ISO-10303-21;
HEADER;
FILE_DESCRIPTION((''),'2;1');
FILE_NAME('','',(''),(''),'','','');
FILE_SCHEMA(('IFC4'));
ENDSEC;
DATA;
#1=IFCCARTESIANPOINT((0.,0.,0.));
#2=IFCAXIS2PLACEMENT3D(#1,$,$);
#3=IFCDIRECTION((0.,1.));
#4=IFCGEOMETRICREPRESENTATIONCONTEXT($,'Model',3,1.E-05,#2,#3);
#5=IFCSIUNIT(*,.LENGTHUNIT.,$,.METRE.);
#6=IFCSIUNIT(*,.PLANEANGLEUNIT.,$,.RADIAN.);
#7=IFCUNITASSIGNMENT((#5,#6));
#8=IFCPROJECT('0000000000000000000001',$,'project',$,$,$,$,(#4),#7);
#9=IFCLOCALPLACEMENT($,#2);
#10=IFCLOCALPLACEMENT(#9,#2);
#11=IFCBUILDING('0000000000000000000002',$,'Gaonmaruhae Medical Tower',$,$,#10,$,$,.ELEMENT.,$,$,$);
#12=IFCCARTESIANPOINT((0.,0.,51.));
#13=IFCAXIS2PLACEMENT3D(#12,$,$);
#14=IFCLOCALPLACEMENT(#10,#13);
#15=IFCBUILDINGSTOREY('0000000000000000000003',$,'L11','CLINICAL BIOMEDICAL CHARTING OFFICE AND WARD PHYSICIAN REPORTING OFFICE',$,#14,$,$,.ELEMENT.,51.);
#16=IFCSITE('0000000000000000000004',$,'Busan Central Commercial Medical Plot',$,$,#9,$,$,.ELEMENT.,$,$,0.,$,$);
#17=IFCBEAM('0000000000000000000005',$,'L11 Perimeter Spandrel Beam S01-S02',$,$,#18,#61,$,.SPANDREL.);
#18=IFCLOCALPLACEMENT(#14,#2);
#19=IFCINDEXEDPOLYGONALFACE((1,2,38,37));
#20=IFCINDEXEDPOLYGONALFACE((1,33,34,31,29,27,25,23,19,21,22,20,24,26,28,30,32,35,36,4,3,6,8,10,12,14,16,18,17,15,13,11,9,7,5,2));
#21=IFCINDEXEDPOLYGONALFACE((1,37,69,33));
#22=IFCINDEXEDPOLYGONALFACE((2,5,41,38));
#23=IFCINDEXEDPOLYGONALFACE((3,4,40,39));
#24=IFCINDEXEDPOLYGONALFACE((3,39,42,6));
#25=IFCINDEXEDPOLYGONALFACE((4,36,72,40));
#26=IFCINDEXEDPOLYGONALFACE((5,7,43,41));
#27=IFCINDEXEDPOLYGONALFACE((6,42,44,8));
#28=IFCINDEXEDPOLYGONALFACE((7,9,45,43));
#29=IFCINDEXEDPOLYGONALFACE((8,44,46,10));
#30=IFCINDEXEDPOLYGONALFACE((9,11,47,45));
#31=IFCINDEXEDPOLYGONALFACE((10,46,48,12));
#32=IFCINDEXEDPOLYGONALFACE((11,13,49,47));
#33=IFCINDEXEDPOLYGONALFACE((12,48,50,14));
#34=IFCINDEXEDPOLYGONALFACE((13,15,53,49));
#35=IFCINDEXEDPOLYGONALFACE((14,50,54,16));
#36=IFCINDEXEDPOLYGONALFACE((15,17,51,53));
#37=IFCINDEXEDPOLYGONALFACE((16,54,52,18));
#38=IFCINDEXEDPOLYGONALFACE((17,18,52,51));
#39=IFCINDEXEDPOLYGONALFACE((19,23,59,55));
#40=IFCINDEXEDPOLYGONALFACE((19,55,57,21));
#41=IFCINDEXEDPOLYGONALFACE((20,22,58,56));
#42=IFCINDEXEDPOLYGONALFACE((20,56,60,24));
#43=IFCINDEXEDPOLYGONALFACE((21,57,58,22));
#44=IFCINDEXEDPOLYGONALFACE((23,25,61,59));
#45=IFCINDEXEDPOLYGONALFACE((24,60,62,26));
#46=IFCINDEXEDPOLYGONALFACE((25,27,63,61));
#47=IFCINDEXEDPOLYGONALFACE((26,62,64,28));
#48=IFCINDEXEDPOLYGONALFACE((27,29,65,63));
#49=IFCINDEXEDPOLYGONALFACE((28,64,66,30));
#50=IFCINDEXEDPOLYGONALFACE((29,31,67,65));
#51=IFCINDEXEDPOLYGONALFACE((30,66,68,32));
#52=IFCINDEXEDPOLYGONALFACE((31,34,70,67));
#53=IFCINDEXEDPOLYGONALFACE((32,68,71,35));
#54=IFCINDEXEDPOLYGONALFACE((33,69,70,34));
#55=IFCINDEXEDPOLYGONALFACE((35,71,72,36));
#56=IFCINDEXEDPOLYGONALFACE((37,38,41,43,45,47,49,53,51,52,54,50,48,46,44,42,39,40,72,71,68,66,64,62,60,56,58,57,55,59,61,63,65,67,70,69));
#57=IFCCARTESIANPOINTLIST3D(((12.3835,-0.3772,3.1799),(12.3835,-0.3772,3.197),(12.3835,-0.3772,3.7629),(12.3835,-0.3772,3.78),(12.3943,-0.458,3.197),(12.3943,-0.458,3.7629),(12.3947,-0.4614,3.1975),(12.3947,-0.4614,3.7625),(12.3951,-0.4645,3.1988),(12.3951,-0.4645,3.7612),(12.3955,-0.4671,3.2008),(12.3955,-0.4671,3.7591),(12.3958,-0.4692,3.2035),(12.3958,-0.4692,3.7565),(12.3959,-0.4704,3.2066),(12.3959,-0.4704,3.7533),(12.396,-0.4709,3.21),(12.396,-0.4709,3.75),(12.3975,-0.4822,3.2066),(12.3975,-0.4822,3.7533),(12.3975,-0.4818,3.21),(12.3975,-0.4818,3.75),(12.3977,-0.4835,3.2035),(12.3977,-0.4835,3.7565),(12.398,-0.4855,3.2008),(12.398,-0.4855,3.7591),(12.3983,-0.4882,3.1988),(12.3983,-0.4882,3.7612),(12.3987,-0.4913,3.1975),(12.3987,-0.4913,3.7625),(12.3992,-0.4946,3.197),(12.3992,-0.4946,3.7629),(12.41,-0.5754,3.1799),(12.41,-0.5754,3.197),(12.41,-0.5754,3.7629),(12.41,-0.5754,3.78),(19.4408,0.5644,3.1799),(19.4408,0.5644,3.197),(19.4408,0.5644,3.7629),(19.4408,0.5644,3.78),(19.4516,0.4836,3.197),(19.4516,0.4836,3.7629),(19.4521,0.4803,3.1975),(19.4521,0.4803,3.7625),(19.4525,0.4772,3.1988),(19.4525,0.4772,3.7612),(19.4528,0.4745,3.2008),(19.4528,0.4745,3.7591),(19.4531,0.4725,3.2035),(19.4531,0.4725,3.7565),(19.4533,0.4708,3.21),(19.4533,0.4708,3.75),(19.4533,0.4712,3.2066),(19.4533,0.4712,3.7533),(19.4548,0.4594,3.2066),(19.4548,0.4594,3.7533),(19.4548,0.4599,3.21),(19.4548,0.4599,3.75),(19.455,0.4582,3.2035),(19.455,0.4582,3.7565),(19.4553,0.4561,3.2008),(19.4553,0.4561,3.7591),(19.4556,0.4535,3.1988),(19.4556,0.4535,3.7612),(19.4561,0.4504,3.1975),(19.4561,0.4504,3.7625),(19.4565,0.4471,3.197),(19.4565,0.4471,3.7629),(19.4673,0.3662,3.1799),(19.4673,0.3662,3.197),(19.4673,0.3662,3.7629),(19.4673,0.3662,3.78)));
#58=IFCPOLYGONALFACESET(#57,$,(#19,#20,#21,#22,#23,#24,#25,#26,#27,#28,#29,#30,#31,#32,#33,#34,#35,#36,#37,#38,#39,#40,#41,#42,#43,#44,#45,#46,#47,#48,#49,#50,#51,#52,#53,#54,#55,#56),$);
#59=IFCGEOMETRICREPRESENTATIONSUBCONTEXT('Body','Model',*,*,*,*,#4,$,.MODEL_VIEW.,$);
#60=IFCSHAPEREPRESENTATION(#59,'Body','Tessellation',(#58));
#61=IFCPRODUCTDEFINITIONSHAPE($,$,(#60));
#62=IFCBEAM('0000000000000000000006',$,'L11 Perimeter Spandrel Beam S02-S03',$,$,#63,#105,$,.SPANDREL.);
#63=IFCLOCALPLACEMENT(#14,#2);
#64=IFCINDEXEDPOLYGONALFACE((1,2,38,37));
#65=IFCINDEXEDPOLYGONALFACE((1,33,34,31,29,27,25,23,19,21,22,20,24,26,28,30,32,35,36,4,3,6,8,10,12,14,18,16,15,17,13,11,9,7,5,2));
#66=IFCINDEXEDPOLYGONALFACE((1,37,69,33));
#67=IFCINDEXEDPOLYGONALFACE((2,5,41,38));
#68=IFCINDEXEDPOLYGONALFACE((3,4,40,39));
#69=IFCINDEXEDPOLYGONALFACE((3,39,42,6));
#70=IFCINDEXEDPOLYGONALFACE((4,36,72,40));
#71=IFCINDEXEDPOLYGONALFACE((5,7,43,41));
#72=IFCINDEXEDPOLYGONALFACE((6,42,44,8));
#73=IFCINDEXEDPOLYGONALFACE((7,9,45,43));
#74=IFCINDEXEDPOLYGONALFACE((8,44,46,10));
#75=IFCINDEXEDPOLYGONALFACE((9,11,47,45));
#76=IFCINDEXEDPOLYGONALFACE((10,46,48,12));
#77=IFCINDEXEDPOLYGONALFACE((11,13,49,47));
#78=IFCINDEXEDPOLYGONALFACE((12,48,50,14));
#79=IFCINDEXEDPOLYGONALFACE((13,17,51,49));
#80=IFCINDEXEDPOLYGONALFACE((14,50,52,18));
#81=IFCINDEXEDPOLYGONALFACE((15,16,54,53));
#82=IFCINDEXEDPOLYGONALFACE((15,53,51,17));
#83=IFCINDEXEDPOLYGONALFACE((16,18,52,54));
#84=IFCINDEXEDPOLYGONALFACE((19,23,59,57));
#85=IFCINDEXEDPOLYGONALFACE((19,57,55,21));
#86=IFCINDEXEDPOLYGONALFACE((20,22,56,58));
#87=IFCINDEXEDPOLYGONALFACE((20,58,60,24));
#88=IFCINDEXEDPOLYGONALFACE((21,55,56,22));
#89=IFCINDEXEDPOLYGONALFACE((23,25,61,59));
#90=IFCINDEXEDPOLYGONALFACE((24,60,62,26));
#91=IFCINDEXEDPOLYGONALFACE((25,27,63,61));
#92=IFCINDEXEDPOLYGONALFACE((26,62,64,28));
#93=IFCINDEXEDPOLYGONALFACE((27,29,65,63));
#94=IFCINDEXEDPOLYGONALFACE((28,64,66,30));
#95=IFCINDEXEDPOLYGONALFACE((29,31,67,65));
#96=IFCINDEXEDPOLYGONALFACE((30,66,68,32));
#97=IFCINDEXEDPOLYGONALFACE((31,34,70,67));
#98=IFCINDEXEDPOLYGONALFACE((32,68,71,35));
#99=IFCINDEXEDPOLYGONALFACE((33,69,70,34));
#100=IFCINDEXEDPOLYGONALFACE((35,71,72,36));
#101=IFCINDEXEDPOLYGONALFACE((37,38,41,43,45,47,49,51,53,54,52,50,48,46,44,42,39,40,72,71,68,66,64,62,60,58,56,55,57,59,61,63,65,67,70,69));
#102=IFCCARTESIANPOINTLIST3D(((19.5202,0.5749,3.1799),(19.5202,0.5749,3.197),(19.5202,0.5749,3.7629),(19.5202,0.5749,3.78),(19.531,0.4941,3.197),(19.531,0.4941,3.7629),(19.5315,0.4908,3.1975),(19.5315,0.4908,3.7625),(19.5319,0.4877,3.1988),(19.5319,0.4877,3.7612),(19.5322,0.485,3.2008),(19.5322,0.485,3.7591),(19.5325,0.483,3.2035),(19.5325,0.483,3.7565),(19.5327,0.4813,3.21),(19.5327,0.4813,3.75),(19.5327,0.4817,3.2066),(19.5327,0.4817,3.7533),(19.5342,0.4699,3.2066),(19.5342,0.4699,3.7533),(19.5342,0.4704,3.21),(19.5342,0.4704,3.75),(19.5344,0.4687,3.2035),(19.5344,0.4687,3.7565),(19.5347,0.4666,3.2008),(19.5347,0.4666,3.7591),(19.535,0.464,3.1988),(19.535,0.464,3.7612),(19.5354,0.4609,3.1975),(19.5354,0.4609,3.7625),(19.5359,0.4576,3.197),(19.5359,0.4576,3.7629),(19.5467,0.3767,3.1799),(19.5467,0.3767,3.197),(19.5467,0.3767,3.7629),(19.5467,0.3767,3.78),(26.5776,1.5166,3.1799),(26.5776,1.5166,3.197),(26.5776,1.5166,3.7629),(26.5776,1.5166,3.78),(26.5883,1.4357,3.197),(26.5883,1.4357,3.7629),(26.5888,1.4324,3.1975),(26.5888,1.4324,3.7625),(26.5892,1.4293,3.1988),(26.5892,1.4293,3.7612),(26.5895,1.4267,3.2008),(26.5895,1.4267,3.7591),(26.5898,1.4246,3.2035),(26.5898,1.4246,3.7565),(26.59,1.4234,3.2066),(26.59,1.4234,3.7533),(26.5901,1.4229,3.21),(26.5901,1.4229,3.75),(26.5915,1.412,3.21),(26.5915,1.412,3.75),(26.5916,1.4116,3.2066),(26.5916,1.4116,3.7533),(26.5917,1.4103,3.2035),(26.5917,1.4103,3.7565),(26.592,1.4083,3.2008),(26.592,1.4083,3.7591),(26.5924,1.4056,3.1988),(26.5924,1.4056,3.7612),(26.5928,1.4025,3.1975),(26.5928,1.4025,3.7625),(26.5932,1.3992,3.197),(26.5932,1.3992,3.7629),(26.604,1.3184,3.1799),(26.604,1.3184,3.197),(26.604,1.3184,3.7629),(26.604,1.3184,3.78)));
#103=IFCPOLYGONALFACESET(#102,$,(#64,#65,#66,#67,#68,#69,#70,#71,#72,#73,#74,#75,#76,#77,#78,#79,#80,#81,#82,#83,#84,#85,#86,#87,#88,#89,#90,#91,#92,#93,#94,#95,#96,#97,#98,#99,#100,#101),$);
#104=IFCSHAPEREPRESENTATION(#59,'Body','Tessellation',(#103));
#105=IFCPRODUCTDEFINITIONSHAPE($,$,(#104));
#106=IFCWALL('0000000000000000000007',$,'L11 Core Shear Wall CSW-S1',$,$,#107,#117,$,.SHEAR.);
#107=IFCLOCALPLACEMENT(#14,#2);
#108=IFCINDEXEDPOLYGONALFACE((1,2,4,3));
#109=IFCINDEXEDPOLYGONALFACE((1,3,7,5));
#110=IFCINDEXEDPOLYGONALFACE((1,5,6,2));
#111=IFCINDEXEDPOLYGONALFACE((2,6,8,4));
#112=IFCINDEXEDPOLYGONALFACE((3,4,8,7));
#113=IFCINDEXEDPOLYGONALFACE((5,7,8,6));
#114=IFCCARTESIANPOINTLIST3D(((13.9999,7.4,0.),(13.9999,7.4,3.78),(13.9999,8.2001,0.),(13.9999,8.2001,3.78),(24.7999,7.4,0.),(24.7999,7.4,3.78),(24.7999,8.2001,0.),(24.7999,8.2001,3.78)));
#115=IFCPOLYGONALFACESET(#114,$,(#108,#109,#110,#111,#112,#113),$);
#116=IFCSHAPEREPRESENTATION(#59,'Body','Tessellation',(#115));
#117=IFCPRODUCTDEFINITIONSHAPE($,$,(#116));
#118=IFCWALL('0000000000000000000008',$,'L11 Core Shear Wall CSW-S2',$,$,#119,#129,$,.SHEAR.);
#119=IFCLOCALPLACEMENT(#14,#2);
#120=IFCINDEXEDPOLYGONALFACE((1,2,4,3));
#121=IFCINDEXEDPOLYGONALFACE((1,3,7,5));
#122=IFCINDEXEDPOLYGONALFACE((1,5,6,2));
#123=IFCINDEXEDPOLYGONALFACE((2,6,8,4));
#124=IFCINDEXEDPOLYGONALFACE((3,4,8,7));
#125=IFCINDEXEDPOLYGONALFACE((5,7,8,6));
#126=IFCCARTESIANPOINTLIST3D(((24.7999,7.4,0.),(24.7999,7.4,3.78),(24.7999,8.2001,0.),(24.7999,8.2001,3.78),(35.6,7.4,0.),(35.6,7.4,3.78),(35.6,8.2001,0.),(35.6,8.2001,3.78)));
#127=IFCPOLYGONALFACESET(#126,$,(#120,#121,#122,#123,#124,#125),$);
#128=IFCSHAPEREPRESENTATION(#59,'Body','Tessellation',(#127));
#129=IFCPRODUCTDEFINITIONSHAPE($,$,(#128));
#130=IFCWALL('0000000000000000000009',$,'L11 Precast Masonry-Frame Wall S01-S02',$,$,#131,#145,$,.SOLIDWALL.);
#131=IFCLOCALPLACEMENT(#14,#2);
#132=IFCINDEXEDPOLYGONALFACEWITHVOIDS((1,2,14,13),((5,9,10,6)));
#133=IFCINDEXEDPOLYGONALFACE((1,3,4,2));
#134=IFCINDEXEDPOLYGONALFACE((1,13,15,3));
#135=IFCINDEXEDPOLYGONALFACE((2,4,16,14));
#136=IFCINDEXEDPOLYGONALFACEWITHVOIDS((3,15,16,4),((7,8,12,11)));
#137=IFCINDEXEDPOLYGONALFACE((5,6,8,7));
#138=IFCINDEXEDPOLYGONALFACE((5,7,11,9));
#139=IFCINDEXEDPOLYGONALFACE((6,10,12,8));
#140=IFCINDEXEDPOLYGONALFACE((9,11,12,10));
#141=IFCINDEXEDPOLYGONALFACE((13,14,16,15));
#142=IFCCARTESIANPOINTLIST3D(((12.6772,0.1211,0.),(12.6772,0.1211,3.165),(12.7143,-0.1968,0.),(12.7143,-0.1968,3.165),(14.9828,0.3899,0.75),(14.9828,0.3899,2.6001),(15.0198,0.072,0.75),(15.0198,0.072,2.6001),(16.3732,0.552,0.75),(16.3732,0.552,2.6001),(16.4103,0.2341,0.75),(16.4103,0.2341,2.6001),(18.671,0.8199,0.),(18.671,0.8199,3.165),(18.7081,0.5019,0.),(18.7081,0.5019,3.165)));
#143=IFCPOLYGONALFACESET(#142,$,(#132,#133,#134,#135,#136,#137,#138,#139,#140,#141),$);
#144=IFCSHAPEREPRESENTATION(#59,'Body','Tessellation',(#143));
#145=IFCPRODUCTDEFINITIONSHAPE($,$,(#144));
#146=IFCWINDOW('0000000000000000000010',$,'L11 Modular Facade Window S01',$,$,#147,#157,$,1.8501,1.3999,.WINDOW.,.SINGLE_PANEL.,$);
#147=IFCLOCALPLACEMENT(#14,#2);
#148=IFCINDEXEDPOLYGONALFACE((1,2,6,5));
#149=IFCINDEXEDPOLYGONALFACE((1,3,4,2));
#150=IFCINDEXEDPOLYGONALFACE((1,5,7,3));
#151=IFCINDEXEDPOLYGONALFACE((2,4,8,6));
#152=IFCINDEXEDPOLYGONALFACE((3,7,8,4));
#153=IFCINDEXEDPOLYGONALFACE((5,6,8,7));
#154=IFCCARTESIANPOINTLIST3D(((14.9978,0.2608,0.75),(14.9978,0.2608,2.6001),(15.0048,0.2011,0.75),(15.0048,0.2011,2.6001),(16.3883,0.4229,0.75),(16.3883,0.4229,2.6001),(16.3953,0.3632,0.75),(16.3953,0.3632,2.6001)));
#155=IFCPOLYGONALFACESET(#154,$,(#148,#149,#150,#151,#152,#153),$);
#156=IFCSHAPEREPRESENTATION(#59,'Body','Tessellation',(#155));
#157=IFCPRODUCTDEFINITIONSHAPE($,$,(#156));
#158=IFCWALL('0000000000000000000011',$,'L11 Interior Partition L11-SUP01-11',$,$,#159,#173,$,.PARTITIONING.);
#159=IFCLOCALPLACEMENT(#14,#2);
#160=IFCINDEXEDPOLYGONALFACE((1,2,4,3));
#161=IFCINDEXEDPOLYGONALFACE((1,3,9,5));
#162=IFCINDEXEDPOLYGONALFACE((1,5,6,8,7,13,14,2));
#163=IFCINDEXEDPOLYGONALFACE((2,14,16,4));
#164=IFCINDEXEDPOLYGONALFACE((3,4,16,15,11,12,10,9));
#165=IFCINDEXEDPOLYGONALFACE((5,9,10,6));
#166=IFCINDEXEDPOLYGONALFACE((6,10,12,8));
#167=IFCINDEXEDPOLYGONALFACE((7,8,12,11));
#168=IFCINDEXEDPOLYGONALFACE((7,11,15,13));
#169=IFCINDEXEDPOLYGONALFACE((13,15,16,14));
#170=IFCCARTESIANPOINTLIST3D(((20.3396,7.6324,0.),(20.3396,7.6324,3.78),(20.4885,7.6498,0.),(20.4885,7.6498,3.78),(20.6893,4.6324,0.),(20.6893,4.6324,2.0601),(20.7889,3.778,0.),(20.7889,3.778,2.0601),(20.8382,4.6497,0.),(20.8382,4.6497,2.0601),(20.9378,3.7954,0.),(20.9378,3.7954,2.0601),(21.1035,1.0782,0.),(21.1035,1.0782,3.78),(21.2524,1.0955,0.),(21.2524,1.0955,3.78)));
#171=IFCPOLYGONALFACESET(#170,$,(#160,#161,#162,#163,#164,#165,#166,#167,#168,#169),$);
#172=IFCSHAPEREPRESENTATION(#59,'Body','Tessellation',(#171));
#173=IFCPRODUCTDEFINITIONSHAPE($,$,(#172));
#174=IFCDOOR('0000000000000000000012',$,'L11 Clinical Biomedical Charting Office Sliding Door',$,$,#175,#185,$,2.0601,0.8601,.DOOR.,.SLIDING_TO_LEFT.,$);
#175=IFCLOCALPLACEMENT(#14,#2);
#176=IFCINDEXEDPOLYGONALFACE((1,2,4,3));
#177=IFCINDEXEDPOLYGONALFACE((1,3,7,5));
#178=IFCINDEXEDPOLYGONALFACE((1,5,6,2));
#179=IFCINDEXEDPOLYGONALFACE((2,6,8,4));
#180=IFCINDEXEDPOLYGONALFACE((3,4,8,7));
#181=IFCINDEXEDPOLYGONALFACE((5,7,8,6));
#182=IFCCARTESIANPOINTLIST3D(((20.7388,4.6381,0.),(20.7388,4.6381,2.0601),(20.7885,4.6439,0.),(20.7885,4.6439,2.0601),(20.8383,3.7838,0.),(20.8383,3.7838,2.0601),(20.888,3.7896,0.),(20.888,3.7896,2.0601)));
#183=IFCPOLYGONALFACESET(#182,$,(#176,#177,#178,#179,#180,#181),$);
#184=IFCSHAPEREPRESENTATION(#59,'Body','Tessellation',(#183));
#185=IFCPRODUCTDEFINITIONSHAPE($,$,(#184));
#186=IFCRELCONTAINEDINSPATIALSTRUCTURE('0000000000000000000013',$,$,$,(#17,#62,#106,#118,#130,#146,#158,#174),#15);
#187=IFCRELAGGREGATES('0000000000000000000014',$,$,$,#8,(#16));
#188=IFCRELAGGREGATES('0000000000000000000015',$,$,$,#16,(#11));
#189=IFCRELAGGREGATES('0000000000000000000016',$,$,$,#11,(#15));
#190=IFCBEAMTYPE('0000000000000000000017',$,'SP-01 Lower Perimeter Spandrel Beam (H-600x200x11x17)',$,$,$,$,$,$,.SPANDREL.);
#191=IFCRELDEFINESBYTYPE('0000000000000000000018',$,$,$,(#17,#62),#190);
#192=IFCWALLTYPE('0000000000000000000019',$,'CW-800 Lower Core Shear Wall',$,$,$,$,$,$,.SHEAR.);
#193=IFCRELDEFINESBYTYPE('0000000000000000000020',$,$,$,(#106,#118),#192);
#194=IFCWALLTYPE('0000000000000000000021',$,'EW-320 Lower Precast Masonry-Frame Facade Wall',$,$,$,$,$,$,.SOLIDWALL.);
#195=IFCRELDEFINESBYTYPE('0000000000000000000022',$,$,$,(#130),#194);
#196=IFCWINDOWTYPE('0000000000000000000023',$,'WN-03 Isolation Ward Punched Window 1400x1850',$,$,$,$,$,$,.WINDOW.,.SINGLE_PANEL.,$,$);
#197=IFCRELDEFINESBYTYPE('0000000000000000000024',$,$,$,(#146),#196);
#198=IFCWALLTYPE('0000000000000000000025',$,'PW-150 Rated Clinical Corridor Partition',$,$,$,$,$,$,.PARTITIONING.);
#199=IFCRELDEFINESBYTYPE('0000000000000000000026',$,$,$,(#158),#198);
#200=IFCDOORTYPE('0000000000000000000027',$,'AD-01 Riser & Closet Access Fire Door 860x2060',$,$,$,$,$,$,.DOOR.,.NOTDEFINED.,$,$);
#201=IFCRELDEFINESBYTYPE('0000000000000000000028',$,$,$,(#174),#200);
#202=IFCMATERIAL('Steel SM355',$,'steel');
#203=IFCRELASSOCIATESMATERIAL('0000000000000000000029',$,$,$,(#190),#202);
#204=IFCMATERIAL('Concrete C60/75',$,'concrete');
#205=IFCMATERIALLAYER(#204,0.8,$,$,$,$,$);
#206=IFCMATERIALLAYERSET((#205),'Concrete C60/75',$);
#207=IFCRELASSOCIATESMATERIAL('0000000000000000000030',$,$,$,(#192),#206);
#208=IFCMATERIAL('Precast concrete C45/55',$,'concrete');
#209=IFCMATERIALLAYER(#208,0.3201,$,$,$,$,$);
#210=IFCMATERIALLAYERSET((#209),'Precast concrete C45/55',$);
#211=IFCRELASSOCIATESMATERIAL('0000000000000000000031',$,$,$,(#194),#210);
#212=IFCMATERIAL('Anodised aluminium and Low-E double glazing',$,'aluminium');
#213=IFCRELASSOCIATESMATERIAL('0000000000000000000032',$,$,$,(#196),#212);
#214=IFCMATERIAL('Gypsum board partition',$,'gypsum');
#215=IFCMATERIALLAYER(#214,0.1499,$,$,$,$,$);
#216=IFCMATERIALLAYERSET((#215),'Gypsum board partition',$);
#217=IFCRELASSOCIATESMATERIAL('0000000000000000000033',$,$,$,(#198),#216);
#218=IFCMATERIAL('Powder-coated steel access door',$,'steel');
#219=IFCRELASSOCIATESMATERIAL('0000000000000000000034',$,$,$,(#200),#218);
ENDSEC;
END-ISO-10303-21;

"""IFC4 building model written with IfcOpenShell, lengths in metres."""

from ifc_helpers import new_model, si_unit, direction, frame, frame_2d, origin, origin_2d, place, context, subcontext, project, spatial, rectangle, i_section, extrude, material, layer, layer_set, material_profile, profile_set, type_object, element, fill, save


model = new_model("IFC4")

# Units and contexts
model_context = context("Model", 3, precision=1e-05, world=origin(), true_north=direction((0.0, 1.0)))
body_context = subcontext(model_context, "Body", "Model", "MODEL_VIEW")
ifc_project = project(units=[si_unit("LENGTHUNIT", "METRE"), si_unit("PLANEANGLEUNIT", "RADIAN")], contexts=[model_context])

# Site, building, storey
site_placement = place(None, origin())
site = spatial("IfcSite", under=ifc_project, at=site_placement, Name="Busan Central Commercial Medical Plot", CompositionType="ELEMENT", RefElevation=0.0)
building_placement = place(site_placement, origin())
building = spatial("IfcBuilding", under=site, at=building_placement, Name="Gaonmaruhae Medical Tower", CompositionType="ELEMENT")
storey_placement = place(building_placement, frame((0.0, 0.0, 51.0)))
storey = spatial("IfcBuildingStorey", under=building, at=storey_placement, Name="L11", Description="CLINICAL BIOMEDICAL CHARTING OFFICE AND WARD PHYSICIAN REPORTING OFFICE", CompositionType="ELEMENT", Elevation=51.0)

# Shared definitions
ifc_material_1 = material(Name="Concrete C60/75", Category="concrete")

# Beams
ifc_material_2 = material(Name="Steel SM355", Category="steel")
ifc_material_profile_1 = material_profile(ifc_material_2, i_section(OverallWidth=0.2, OverallDepth=0.6001, WebThickness=0.011, FlangeThickness=0.0171, FilletRadius=0.0129, at=origin_2d()), Name="H-600x200x11x17")
ifc_profile_set_1 = profile_set([ifc_material_profile_1], Name="Steel SM355")
beam_type_1 = type_object("IfcBeamType", Name="SP-01 Lower Perimeter Spandrel Beam (H-600x200x11x17)", PredefinedType="SPANDREL", material=ifc_profile_set_1)
for number, where, z_axis, x_axis, name in (
    (1, (12.3967, -0.4763, 3.48), (0.991216, 0.132256, 0.0), (-0.132256, 0.991216, 0.0), "L11 Perimeter Spandrel Beam S01-S02"),
    (2, (19.5334, 0.4758, 3.48), (0.991216, 0.132256, 0.0), (-0.132256, 0.991216, 0.0), "L11 Perimeter Spandrel Beam S02-S03"),
):
    element("IfcBeam", number, at=place(storey_placement, frame(where, z_axis=z_axis, x_axis=x_axis)), inside=storey, type_object=beam_type_1, Name=name, PredefinedType="SPANDREL", context=body_context, shape_type="SweptSolid", body=[
        extrude(i_section(OverallWidth=0.2, OverallDepth=0.6001, WebThickness=0.011, FlangeThickness=0.0171, FilletRadius=0.0129, at=origin_2d()), origin(), (0.0, 0.0, 1.0), 7.1199),
    ])

# Walls
ifc_layer_1 = layer(ifc_material_1, 0.8)
ifc_layer_set_1 = layer_set([ifc_layer_1], Name="Concrete C60/75")
wall_type_1 = type_object("IfcWallType", Name="CW-800 Lower Core Shear Wall", PredefinedType="SHEAR", material=ifc_layer_set_1)
for number, where, z_axis, x_axis, name in (
    (3, (14.0, 7.8, 0.0), (0.0, 0.0, 1.0), (1.0, 0.0, 0.0), "L11 Core Shear Wall CSW-S1"),
    (4, (24.8, 7.8, 0.0), (0.0, 0.0, 1.0), (1.0, 0.0, 0.0), "L11 Core Shear Wall CSW-S2"),
):
    element("IfcWall", number, at=place(storey_placement, frame(where, z_axis=z_axis, x_axis=x_axis)), inside=storey, type_object=wall_type_1, Name=name, PredefinedType="SHEAR", context=body_context, shape_type="SweptSolid", body=[
        extrude(rectangle(XDim=10.8, YDim=0.8, at=frame_2d((5.3999, 0.0))), origin(), (0.0, 0.0, 1.0), 3.78),
    ])

# Wall, opening, window
ifc_material_3 = material(Name="Precast concrete C45/55", Category="concrete")
ifc_layer_2 = layer(ifc_material_3, 0.3201)
ifc_layer_set_2 = layer_set([ifc_layer_2], Name="Precast concrete C45/55")
wall_type_2 = type_object("IfcWallType", Name="EW-320 Lower Precast Masonry-Frame Facade Wall", PredefinedType="SOLIDWALL", material=ifc_layer_set_2)
wall_1_placement = place(storey_placement, frame((18.6895, 0.6609, 0.0), z_axis=(0.0, 0.0, 1.0), x_axis=(-0.993274, -0.11579, 0.0)))
wall_1 = element("IfcWall", 5, at=wall_1_placement, inside=storey, type_object=wall_type_2, Name="L11 Precast Masonry-Frame Wall S01-S02", PredefinedType="SOLIDWALL", context=body_context, shape_type="SweptSolid", body=[
    extrude(rectangle(XDim=6.0344, YDim=0.3201, at=frame_2d((3.0171, 0.0))), origin(), (0.0, 0.0, 1.0), 3.165),
])
opening_1_placement = place(wall_1_placement, frame((2.3132, 0.0, 0.75)))
opening_1 = element("IfcOpeningElement", 6, at=opening_1_placement, cuts=wall_1, PredefinedType="OPENING", context=body_context, shape_type="SweptSolid", body=[
    extrude(rectangle(XDim=1.3999, YDim=1.8501, at=frame_2d((0.7, 0.925))), frame((0.0, 0.1699, 0.0), z_axis=(0.0, -1.0, 0.0), x_axis=(1.0, 0.0, 0.0)), (0.0, 0.0, 1.0), 0.3401),
])
ifc_material_4 = material(Name="Anodised aluminium and Low-E double glazing", Category="aluminium")
window_type = type_object("IfcWindowType", Name="WN-03 Isolation Ward Punched Window 1400x1850", PartitioningType="SINGLE_PANEL", PredefinedType="WINDOW", material=ifc_material_4)
window_placement = place(opening_1_placement, origin())
window = element("IfcWindow", 7, at=window_placement, inside=storey, type_object=window_type, Name="L11 Modular Facade Window S01", OverallHeight=1.8501, OverallWidth=1.3999, PartitioningType="SINGLE_PANEL", PredefinedType="WINDOW", context=body_context, shape_type="SweptSolid", body=[
    extrude(rectangle(XDim=1.3999, YDim=1.8501, at=frame_2d((0.7, 0.925))), frame((0.0, 0.03, 0.0), z_axis=(0.0, -1.0, 0.0), x_axis=(1.0, 0.0, 0.0)), (0.0, 0.0, 1.0), 0.0601),
])
fill(opening_1, window)

# Wall, opening, door
ifc_material_5 = material(Name="Gypsum board partition", Category="gypsum")
ifc_layer_3 = layer(ifc_material_5, 0.1499)
ifc_layer_set_3 = layer_set([ifc_layer_3], Name="Gypsum board partition")
wall_type_3 = type_object("IfcWallType", Name="PW-150 Rated Clinical Corridor Partition", PredefinedType="PARTITIONING", material=ifc_layer_set_3)
wall_2_placement = place(storey_placement, frame((20.4141, 7.6411, 0.0), z_axis=(0.0, 0.0, 1.0), x_axis=(0.11577, -0.993276, 0.0)))
wall_2 = element("IfcWall", 8, at=wall_2_placement, inside=storey, type_object=wall_type_3, Name="L11 Interior Partition L11-SUP01-11", PredefinedType="PARTITIONING", context=body_context, shape_type="SweptSolid", body=[
    extrude(rectangle(XDim=6.5986, YDim=0.1499, at=frame_2d((3.2993, 0.0))), origin(), (0.0, 0.0, 1.0), 3.78),
])
opening_2_placement = place(wall_2_placement, frame((3.0203, 0.0, 0.0)))
opening_2 = element("IfcOpeningElement", 9, at=opening_2_placement, cuts=wall_2, PredefinedType="OPENING", context=body_context, shape_type="SweptSolid", body=[
    extrude(rectangle(XDim=0.8601, YDim=2.0601, at=frame_2d((0.4302, 1.03))), frame((0.0, 0.085, 0.0), z_axis=(0.0, -1.0, 0.0), x_axis=(1.0, 0.0, 0.0)), (0.0, 0.0, 1.0), 0.1699),
])
ifc_material_6 = material(Name="Powder-coated steel access door", Category="steel")
door_type = type_object("IfcDoorType", Name="AD-01 Riser & Closet Access Fire Door 860x2060", OperationType="NOTDEFINED", PredefinedType="DOOR", material=ifc_material_6)
door_placement = place(opening_2_placement, origin())
door = element("IfcDoor", 10, at=door_placement, inside=storey, type_object=door_type, Name="L11 Clinical Biomedical Charting Office Sliding Door", OperationType="SLIDING_TO_LEFT", OverallHeight=2.0601, OverallWidth=0.8601, PredefinedType="DOOR", context=body_context, shape_type="SweptSolid", body=[
    extrude(rectangle(XDim=0.8601, YDim=2.0601, at=frame_2d((0.4302, 1.03))), frame((0.0, 0.0249, 0.0), z_axis=(0.0, -1.0, 0.0), x_axis=(1.0, 0.0, 0.0)), (0.0, 0.0, 1.0), 0.05),
])
fill(opening_2, door)

save(model, "model.ifc")
